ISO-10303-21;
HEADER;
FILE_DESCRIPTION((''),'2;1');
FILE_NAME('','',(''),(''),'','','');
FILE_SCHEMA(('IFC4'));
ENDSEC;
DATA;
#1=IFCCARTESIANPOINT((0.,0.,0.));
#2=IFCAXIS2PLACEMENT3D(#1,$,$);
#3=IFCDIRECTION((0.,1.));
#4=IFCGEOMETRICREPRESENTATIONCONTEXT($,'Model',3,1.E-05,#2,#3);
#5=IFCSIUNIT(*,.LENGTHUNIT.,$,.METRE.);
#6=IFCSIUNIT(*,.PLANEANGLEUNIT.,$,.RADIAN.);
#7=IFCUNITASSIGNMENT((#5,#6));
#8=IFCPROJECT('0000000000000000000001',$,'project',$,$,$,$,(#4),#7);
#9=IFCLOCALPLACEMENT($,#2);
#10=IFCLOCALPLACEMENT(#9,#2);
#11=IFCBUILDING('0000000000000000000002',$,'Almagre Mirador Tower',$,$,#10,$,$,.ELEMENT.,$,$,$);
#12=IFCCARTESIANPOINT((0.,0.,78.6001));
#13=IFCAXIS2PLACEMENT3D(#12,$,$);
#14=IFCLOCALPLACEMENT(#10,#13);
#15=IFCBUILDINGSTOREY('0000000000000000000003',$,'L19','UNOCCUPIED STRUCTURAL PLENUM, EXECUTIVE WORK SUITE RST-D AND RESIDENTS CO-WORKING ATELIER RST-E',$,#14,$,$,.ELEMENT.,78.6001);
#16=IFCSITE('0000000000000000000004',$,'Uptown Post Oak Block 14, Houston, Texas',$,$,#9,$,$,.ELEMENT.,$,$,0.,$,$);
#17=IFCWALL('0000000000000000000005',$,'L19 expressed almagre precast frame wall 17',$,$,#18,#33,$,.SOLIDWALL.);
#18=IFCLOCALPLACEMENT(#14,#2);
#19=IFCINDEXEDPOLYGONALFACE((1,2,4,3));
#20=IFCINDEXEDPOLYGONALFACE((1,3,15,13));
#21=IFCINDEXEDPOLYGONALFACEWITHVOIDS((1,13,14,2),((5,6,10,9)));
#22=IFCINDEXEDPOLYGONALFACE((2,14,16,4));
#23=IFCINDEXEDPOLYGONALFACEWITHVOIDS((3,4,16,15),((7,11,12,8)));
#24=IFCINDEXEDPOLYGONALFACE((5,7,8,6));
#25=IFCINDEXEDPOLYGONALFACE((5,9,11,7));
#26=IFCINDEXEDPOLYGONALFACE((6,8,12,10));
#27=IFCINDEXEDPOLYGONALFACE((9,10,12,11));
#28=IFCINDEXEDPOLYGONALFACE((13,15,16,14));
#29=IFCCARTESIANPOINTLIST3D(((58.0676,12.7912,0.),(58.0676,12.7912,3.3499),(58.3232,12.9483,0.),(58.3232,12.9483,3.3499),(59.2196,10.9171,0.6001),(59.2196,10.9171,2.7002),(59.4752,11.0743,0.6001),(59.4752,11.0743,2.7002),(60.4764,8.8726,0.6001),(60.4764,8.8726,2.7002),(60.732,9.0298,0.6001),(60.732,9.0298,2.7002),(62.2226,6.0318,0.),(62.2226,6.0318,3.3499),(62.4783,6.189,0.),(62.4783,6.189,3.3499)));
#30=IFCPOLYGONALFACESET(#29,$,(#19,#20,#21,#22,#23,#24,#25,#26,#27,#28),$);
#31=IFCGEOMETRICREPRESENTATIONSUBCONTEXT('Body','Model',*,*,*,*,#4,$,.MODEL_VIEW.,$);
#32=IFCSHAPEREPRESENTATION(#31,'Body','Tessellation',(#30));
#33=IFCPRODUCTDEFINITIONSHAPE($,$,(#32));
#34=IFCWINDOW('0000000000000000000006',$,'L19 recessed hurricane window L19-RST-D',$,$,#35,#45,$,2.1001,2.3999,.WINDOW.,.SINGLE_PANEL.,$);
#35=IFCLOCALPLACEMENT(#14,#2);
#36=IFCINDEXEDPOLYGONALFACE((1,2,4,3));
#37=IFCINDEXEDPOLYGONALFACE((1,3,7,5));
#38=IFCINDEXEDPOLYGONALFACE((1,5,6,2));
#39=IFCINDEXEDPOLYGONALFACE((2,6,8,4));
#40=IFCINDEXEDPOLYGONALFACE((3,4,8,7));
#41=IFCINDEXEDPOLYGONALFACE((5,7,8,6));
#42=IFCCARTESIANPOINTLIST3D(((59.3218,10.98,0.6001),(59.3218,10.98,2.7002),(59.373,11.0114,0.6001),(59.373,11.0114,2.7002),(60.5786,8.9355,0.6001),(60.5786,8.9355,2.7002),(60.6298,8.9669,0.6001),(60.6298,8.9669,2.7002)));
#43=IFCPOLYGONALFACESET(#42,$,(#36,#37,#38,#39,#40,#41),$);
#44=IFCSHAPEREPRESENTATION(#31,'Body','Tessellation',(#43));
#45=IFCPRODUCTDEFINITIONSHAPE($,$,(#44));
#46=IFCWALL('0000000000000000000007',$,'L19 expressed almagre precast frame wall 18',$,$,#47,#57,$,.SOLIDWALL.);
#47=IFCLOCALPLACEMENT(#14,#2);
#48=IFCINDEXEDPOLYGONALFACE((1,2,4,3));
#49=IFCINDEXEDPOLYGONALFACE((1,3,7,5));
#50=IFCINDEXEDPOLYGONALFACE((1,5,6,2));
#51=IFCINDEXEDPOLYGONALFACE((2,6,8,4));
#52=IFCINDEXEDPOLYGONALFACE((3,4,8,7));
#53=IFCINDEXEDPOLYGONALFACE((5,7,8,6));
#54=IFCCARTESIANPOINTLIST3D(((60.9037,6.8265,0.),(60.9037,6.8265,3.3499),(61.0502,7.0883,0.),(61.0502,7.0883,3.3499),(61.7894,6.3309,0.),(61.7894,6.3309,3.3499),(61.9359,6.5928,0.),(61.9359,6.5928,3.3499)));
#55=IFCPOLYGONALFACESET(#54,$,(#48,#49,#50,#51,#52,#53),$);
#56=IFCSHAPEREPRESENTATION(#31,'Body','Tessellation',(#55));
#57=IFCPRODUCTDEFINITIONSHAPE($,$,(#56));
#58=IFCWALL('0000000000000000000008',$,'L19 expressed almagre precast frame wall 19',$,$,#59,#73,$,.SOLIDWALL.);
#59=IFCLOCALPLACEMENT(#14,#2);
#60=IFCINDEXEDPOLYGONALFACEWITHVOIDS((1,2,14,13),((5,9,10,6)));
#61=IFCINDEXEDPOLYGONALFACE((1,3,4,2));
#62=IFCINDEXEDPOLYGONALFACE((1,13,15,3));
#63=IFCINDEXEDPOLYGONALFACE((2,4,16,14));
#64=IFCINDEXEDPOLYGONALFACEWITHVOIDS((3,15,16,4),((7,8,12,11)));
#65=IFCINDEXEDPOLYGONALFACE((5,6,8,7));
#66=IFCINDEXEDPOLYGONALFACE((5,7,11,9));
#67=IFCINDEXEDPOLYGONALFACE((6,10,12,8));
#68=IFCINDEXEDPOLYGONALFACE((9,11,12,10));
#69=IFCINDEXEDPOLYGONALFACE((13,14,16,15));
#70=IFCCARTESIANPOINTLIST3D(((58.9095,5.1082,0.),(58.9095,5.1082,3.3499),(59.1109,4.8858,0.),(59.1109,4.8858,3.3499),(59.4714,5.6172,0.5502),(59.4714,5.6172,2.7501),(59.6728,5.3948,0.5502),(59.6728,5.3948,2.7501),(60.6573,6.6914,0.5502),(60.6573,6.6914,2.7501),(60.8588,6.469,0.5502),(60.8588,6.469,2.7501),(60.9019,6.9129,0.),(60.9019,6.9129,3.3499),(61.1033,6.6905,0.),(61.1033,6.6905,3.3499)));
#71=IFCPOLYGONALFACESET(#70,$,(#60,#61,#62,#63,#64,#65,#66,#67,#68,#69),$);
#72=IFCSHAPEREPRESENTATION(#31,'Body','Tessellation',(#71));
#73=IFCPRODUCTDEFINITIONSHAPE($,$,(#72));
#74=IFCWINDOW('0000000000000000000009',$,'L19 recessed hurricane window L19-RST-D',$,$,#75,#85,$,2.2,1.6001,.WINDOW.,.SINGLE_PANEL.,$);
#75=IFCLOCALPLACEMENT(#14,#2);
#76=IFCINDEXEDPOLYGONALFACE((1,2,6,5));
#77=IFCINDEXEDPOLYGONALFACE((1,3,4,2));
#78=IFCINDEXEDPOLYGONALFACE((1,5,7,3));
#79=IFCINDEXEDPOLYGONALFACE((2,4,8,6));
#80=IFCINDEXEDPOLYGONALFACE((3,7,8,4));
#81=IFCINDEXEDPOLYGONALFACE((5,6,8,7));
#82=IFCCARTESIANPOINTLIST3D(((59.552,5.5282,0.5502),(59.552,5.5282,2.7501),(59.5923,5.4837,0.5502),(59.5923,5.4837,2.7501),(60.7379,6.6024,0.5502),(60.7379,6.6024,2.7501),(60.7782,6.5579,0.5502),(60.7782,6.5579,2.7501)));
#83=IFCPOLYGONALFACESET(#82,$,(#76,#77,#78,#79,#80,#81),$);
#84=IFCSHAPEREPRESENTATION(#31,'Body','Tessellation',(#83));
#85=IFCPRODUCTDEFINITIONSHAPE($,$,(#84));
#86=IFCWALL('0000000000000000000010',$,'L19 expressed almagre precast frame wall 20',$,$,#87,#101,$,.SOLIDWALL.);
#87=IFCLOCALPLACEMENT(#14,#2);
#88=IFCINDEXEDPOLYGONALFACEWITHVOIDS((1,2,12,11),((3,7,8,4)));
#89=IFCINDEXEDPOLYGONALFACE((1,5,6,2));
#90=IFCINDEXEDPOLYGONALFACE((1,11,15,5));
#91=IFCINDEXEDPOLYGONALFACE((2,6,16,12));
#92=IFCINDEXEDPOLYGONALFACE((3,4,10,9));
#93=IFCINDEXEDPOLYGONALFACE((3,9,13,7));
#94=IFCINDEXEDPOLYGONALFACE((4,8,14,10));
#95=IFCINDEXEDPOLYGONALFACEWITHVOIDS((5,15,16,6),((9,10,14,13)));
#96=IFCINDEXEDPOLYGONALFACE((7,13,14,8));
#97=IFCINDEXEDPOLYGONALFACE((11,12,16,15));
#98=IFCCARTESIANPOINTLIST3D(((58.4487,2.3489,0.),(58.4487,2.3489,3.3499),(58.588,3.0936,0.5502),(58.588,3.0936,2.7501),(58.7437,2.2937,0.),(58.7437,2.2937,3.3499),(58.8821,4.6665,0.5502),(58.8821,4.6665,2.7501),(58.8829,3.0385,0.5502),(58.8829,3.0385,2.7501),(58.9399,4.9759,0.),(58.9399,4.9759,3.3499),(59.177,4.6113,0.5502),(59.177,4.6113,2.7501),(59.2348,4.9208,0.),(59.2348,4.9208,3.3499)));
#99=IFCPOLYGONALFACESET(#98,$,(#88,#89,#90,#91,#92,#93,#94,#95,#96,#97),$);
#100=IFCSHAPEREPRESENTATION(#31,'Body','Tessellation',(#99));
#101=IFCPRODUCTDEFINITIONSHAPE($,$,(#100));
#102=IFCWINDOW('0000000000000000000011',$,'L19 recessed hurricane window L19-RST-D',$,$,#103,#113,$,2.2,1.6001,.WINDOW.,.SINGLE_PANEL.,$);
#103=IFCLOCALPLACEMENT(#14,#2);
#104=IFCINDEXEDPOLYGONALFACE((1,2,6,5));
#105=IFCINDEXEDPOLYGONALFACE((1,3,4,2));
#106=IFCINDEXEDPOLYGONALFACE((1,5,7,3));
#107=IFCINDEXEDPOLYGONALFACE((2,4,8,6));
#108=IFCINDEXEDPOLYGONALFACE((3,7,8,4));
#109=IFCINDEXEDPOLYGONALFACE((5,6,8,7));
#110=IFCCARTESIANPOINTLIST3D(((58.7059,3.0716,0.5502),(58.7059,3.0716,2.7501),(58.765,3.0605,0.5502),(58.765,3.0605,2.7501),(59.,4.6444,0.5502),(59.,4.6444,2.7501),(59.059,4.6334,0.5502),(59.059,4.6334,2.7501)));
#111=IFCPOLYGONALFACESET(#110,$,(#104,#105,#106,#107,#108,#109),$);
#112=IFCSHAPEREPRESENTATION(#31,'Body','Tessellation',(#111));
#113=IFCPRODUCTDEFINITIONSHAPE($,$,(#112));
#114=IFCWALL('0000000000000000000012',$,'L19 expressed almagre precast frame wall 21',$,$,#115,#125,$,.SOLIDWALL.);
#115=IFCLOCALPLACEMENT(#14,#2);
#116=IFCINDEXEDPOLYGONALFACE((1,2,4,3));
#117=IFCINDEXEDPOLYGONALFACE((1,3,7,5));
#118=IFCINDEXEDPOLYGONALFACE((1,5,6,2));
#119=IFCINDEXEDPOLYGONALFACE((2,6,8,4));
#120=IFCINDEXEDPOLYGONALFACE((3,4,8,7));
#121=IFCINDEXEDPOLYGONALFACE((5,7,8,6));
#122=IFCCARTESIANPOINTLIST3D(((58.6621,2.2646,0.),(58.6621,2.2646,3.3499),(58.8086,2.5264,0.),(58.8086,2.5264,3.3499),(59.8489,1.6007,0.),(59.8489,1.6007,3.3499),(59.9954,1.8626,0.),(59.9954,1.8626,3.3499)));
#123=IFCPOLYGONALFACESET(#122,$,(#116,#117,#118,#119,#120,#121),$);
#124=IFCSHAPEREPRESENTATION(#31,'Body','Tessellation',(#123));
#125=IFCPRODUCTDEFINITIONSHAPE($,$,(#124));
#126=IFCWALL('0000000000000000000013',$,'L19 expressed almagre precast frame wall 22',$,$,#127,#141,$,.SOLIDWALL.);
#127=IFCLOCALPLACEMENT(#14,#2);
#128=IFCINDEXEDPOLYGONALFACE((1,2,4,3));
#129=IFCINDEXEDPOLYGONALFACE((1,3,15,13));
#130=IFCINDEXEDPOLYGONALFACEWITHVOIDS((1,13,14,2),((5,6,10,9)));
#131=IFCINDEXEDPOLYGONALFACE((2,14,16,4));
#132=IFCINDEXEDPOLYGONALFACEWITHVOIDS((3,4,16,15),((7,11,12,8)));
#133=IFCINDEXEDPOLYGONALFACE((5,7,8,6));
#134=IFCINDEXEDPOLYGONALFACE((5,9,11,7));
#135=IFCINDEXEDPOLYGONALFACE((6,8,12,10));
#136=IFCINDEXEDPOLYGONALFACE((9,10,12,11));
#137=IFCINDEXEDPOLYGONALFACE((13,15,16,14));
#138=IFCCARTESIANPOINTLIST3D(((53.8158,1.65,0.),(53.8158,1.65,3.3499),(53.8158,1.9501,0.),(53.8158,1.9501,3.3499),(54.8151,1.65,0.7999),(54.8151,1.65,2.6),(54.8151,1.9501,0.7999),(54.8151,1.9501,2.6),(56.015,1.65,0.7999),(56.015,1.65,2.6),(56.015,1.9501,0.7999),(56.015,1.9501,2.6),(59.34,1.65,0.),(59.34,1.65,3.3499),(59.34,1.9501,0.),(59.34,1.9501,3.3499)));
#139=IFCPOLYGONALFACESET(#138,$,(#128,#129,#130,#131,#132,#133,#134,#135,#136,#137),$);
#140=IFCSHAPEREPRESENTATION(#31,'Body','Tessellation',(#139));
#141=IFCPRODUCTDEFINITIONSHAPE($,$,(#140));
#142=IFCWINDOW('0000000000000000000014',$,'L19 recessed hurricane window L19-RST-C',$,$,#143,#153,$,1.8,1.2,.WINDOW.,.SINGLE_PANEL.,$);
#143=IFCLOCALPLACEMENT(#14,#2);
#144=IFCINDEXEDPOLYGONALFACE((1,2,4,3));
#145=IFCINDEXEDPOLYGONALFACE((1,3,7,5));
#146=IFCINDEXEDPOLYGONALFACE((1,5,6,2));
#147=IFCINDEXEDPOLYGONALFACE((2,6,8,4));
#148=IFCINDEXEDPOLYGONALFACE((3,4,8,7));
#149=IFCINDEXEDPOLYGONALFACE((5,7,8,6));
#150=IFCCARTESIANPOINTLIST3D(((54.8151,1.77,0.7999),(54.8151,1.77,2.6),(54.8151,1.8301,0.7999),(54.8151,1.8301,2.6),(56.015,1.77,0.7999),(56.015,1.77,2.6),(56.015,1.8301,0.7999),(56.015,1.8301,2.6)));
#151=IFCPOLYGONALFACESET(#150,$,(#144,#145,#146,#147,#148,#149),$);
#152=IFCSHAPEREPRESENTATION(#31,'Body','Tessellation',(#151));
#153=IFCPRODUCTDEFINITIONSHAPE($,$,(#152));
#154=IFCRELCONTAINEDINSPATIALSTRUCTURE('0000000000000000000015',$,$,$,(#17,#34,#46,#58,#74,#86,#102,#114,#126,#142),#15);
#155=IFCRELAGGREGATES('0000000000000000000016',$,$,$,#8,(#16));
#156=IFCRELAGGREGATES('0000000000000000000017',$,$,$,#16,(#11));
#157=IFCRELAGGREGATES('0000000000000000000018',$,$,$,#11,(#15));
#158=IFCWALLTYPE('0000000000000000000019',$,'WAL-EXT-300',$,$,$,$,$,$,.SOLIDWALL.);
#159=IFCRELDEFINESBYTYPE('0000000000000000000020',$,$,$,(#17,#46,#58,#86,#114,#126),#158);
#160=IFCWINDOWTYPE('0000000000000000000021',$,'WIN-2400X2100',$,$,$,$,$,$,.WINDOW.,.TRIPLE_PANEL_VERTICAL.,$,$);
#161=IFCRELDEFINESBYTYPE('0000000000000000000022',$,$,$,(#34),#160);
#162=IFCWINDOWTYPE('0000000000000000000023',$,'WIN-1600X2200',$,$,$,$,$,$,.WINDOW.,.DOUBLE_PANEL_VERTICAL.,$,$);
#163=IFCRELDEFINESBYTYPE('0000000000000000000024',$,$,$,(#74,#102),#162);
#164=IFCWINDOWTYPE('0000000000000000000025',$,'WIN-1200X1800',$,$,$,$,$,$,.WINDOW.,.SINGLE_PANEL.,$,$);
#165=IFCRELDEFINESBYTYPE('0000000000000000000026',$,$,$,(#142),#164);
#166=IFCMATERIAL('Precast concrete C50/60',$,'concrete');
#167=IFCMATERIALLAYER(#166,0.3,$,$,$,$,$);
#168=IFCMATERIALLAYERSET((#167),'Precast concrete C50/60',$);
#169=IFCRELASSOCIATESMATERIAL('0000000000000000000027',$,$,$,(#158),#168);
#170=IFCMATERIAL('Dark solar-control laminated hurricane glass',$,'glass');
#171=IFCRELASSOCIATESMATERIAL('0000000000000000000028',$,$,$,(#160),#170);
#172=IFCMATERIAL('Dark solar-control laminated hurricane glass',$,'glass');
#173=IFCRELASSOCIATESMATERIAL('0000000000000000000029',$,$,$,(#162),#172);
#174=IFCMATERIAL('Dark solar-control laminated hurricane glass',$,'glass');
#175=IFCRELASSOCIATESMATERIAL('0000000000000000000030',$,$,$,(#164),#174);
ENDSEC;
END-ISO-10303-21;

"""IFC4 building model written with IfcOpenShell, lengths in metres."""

from ifc_helpers import new_model, si_unit, direction, frame, frame_2d, origin, place, context, subcontext, project, spatial, rectangle, extrude, material, layer, layer_set, type_object, element, fill, save


model = new_model("IFC4")

# Units and contexts
model_context = context("Model", 3, precision=1e-05, world=origin(), true_north=direction((0.0, 1.0)))
body_context = subcontext(model_context, "Body", "Model", "MODEL_VIEW")
ifc_project = project(units=[si_unit("LENGTHUNIT", "METRE"), si_unit("PLANEANGLEUNIT", "RADIAN")], contexts=[model_context])

# Site, building, storey
site_placement = place(None, origin())
site = spatial("IfcSite", under=ifc_project, at=site_placement, Name="Uptown Post Oak Block 14, Houston, Texas", CompositionType="ELEMENT", RefElevation=0.0)
building_placement = place(site_placement, origin())
building = spatial("IfcBuilding", under=site, at=building_placement, Name="Almagre Mirador Tower", CompositionType="ELEMENT")
storey_placement = place(building_placement, frame((0.0, 0.0, 78.6001)))
storey = spatial("IfcBuildingStorey", under=building, at=storey_placement, Name="L19", Description="UNOCCUPIED STRUCTURAL PLENUM, EXECUTIVE WORK SUITE RST-D AND RESIDENTS CO-WORKING ATELIER RST-E", CompositionType="ELEMENT", Elevation=78.6001)

# Wall, opening, window
ifc_material_1 = material(Name="Precast concrete C50/60", Category="concrete")
ifc_layer = layer(ifc_material_1, 0.3)
ifc_layer_set = layer_set([ifc_layer], Name="Precast concrete C50/60")
wall_type = type_object("IfcWallType", Name="WAL-EXT-300", PredefinedType="SOLIDWALL", material=ifc_layer_set)
wall_1_placement = place(storey_placement, frame((58.1953, 12.8699, 0.0), z_axis=(0.0, 0.0, 1.0), x_axis=(0.523684, -0.851913, 0.0)))
wall_1 = element("IfcWall", 1, at=wall_1_placement, inside=storey, type_object=wall_type, Name="L19 expressed almagre precast frame wall 17", PredefinedType="SOLIDWALL", context=body_context, shape_type="SweptSolid", body=[
    extrude(rectangle(XDim=7.9343, YDim=0.3, at=frame_2d((3.9673, 0.0))), origin(), (0.0, 0.0, 1.0), 3.3499),
])
opening_1_placement = place(wall_1_placement, frame((2.2, 0.0, 0.6001)))
opening_1 = element("IfcOpeningElement", 2, at=opening_1_placement, cuts=wall_1, PredefinedType="OPENING", context=body_context, shape_type="SweptSolid", body=[
    extrude(rectangle(XDim=2.3999, YDim=2.1001, at=frame_2d((1.2, 1.05))), frame((0.0, 0.1599, 0.0), z_axis=(0.0, -1.0, 0.0), x_axis=(1.0, 0.0, 0.0)), (0.0, 0.0, 1.0), 0.32),
])
ifc_material_2 = material(Name="Dark solar-control laminated hurricane glass", Category="glass")
window_type_1 = type_object("IfcWindowType", Name="WIN-2400X2100", PartitioningType="TRIPLE_PANEL_VERTICAL", PredefinedType="WINDOW", material=ifc_material_2)
window_1_placement = place(opening_1_placement, origin())
window_1 = element("IfcWindow", 3, at=window_1_placement, inside=storey, type_object=window_type_1, Name="L19 recessed hurricane window L19-RST-D", OverallHeight=2.1001, OverallWidth=2.3999, PartitioningType="SINGLE_PANEL", PredefinedType="WINDOW", context=body_context, shape_type="SweptSolid", body=[
    extrude(rectangle(XDim=2.3999, YDim=2.1001, at=frame_2d((1.2, 1.05))), frame((0.0, 0.03, 0.0), z_axis=(0.0, -1.0, 0.0), x_axis=(1.0, 0.0, 0.0)), (0.0, 0.0, 1.0), 0.0601),
])
fill(opening_1, window_1)

# Wall
wall_2_placement = place(storey_placement, frame((61.8625, 6.4619, 0.0), z_axis=(0.0, 0.0, 1.0), x_axis=(-0.872678, 0.488296, 0.0)))
element("IfcWall", 4, at=wall_2_placement, inside=storey, type_object=wall_type, Name="L19 expressed almagre precast frame wall 18", PredefinedType="SOLIDWALL", context=body_context, shape_type="SweptSolid", body=[
    extrude(rectangle(XDim=1.0149, YDim=0.3, at=frame_2d((0.5073, 0.0))), origin(), (0.0, 0.0, 1.0), 3.3499),
])

# Walls, openings, windows
wall_3_placement = place(storey_placement, frame((61.0027, 6.8018, 0.0), z_axis=(0.0, 0.0, 1.0), x_axis=(-0.741163, -0.671325, 0.0)))
wall_3 = element("IfcWall", 5, at=wall_3_placement, inside=storey, type_object=wall_type, Name="L19 expressed almagre precast frame wall 19", PredefinedType="SOLIDWALL", context=body_context, shape_type="SweptSolid", body=[
    extrude(rectangle(XDim=2.6882, YDim=0.3, at=frame_2d((1.3442, 0.0))), origin(), (0.0, 0.0, 1.0), 3.3499),
])
opening_2_placement = place(wall_3_placement, frame((0.3301, 0.0, 0.55)))
opening_2 = element("IfcOpeningElement", 6, at=opening_2_placement, cuts=wall_3, PredefinedType="OPENING", context=body_context, shape_type="SweptSolid", body=[
    extrude(rectangle(XDim=1.6001, YDim=2.2, at=frame_2d((0.8, 1.1001))), frame((0.0, 0.1599, 0.0), z_axis=(0.0, -1.0, 0.0), x_axis=(1.0, 0.0, 0.0)), (0.0, 0.0, 1.0), 0.32),
])
ifc_material_3 = material(Name="Dark solar-control laminated hurricane glass", Category="glass")
window_type_2 = type_object("IfcWindowType", Name="WIN-1600X2200", PartitioningType="DOUBLE_PANEL_VERTICAL", PredefinedType="WINDOW", material=ifc_material_3)
window_2_placement = place(opening_2_placement, origin())
window_2 = element("IfcWindow", 7, at=window_2_placement, inside=storey, type_object=window_type_2, Name="L19 recessed hurricane window L19-RST-D", OverallHeight=2.2, OverallWidth=1.6001, PartitioningType="SINGLE_PANEL", PredefinedType="WINDOW", context=body_context, shape_type="SweptSolid", body=[
    extrude(rectangle(XDim=1.6001, YDim=2.2, at=frame_2d((0.8, 1.1001))), frame((0.0, 0.03, 0.0), z_axis=(0.0, -1.0, 0.0), x_axis=(1.0, 0.0, 0.0)), (0.0, 0.0, 1.0), 0.0601),
])
fill(opening_2, window_2)
wall_4_placement = place(storey_placement, frame((59.0874, 4.9485, 0.0), z_axis=(0.0, 0.0, 1.0), x_axis=(-0.183787, -0.982966, 0.0)))
wall_4 = element("IfcWall", 8, at=wall_4_placement, inside=storey, type_object=wall_type, Name="L19 expressed almagre precast frame wall 20", PredefinedType="SOLIDWALL", context=body_context, shape_type="SweptSolid", body=[
    extrude(rectangle(XDim=2.6726, YDim=0.3, at=frame_2d((1.3364, 0.0))), origin(), (0.0, 0.0, 1.0), 3.3499),
])
opening_3_placement = place(wall_4_placement, frame((0.3149, 0.0, 0.55)))
opening_3 = element("IfcOpeningElement", 9, at=opening_3_placement, cuts=wall_4, PredefinedType="OPENING", context=body_context, shape_type="SweptSolid", body=[
    extrude(rectangle(XDim=1.6001, YDim=2.2, at=frame_2d((0.8, 1.1001))), frame((0.0, 0.1599, 0.0), z_axis=(0.0, -1.0, 0.0), x_axis=(1.0, 0.0, 0.0)), (0.0, 0.0, 1.0), 0.32),
])
window_3_placement = place(opening_3_placement, origin())
window_3 = element("IfcWindow", 10, at=window_3_placement, inside=storey, type_object=window_type_2, Name="L19 recessed hurricane window L19-RST-D", OverallHeight=2.2, OverallWidth=1.6001, PartitioningType="SINGLE_PANEL", PredefinedType="WINDOW", context=body_context, shape_type="SweptSolid", body=[
    extrude(rectangle(XDim=1.6001, YDim=2.2, at=frame_2d((0.8, 1.1001))), frame((0.0, 0.03, 0.0), z_axis=(0.0, -1.0, 0.0), x_axis=(1.0, 0.0, 0.0)), (0.0, 0.0, 1.0), 0.0601),
])
fill(opening_3, window_3)

# Wall
wall_5_placement = place(storey_placement, frame((58.7354, 2.3955, 0.0), z_axis=(0.0, 0.0, 1.0), x_axis=(0.872748, -0.488171, 0.0)))
element("IfcWall", 11, at=wall_5_placement, inside=storey, type_object=wall_type, Name="L19 expressed almagre precast frame wall 21", PredefinedType="SOLIDWALL", context=body_context, shape_type="SweptSolid", body=[
    extrude(rectangle(XDim=1.3599, YDim=0.3, at=frame_2d((0.6799, 0.0))), origin(), (0.0, 0.0, 1.0), 3.3499),
])

# Wall, opening, window
wall_6_placement = place(storey_placement, frame((59.3401, 1.8, 0.0), z_axis=(0.0, 0.0, 1.0), x_axis=(-1.0, 0.0, 0.0)))
wall_6 = element("IfcWall", 12, at=wall_6_placement, inside=storey, type_object=wall_type, Name="L19 expressed almagre precast frame wall 22", PredefinedType="SOLIDWALL", context=body_context, shape_type="SweptSolid", body=[
    extrude(rectangle(XDim=5.5242, YDim=0.3, at=frame_2d((2.7622, 0.0))), origin(), (0.0, 0.0, 1.0), 3.3499),
])
opening_4_placement = place(wall_6_placement, frame((3.325, 0.0, 0.8)))
opening_4 = element("IfcOpeningElement", 13, at=opening_4_placement, cuts=wall_6, PredefinedType="OPENING", context=body_context, shape_type="SweptSolid", body=[
    extrude(rectangle(XDim=1.2, YDim=1.8, at=frame_2d((0.6001, 0.8999))), frame((0.0, 0.1599, 0.0), z_axis=(0.0, -1.0, 0.0), x_axis=(1.0, 0.0, 0.0)), (0.0, 0.0, 1.0), 0.32),
])
ifc_material_4 = material(Name="Dark solar-control laminated hurricane glass", Category="glass")
window_type_3 = type_object("IfcWindowType", Name="WIN-1200X1800", PartitioningType="SINGLE_PANEL", PredefinedType="WINDOW", material=ifc_material_4)
window_4_placement = place(opening_4_placement, origin())
window_4 = element("IfcWindow", 14, at=window_4_placement, inside=storey, type_object=window_type_3, Name="L19 recessed hurricane window L19-RST-C", OverallHeight=1.8, OverallWidth=1.2, PartitioningType="SINGLE_PANEL", PredefinedType="WINDOW", context=body_context, shape_type="SweptSolid", body=[
    extrude(rectangle(XDim=1.2, YDim=1.8, at=frame_2d((0.6001, 0.8999))), frame((0.0, 0.03, 0.0), z_axis=(0.0, -1.0, 0.0), x_axis=(1.0, 0.0, 0.0)), (0.0, 0.0, 1.0), 0.0601),
])
fill(opening_4, window_4)

save(model, "model.ifc")
